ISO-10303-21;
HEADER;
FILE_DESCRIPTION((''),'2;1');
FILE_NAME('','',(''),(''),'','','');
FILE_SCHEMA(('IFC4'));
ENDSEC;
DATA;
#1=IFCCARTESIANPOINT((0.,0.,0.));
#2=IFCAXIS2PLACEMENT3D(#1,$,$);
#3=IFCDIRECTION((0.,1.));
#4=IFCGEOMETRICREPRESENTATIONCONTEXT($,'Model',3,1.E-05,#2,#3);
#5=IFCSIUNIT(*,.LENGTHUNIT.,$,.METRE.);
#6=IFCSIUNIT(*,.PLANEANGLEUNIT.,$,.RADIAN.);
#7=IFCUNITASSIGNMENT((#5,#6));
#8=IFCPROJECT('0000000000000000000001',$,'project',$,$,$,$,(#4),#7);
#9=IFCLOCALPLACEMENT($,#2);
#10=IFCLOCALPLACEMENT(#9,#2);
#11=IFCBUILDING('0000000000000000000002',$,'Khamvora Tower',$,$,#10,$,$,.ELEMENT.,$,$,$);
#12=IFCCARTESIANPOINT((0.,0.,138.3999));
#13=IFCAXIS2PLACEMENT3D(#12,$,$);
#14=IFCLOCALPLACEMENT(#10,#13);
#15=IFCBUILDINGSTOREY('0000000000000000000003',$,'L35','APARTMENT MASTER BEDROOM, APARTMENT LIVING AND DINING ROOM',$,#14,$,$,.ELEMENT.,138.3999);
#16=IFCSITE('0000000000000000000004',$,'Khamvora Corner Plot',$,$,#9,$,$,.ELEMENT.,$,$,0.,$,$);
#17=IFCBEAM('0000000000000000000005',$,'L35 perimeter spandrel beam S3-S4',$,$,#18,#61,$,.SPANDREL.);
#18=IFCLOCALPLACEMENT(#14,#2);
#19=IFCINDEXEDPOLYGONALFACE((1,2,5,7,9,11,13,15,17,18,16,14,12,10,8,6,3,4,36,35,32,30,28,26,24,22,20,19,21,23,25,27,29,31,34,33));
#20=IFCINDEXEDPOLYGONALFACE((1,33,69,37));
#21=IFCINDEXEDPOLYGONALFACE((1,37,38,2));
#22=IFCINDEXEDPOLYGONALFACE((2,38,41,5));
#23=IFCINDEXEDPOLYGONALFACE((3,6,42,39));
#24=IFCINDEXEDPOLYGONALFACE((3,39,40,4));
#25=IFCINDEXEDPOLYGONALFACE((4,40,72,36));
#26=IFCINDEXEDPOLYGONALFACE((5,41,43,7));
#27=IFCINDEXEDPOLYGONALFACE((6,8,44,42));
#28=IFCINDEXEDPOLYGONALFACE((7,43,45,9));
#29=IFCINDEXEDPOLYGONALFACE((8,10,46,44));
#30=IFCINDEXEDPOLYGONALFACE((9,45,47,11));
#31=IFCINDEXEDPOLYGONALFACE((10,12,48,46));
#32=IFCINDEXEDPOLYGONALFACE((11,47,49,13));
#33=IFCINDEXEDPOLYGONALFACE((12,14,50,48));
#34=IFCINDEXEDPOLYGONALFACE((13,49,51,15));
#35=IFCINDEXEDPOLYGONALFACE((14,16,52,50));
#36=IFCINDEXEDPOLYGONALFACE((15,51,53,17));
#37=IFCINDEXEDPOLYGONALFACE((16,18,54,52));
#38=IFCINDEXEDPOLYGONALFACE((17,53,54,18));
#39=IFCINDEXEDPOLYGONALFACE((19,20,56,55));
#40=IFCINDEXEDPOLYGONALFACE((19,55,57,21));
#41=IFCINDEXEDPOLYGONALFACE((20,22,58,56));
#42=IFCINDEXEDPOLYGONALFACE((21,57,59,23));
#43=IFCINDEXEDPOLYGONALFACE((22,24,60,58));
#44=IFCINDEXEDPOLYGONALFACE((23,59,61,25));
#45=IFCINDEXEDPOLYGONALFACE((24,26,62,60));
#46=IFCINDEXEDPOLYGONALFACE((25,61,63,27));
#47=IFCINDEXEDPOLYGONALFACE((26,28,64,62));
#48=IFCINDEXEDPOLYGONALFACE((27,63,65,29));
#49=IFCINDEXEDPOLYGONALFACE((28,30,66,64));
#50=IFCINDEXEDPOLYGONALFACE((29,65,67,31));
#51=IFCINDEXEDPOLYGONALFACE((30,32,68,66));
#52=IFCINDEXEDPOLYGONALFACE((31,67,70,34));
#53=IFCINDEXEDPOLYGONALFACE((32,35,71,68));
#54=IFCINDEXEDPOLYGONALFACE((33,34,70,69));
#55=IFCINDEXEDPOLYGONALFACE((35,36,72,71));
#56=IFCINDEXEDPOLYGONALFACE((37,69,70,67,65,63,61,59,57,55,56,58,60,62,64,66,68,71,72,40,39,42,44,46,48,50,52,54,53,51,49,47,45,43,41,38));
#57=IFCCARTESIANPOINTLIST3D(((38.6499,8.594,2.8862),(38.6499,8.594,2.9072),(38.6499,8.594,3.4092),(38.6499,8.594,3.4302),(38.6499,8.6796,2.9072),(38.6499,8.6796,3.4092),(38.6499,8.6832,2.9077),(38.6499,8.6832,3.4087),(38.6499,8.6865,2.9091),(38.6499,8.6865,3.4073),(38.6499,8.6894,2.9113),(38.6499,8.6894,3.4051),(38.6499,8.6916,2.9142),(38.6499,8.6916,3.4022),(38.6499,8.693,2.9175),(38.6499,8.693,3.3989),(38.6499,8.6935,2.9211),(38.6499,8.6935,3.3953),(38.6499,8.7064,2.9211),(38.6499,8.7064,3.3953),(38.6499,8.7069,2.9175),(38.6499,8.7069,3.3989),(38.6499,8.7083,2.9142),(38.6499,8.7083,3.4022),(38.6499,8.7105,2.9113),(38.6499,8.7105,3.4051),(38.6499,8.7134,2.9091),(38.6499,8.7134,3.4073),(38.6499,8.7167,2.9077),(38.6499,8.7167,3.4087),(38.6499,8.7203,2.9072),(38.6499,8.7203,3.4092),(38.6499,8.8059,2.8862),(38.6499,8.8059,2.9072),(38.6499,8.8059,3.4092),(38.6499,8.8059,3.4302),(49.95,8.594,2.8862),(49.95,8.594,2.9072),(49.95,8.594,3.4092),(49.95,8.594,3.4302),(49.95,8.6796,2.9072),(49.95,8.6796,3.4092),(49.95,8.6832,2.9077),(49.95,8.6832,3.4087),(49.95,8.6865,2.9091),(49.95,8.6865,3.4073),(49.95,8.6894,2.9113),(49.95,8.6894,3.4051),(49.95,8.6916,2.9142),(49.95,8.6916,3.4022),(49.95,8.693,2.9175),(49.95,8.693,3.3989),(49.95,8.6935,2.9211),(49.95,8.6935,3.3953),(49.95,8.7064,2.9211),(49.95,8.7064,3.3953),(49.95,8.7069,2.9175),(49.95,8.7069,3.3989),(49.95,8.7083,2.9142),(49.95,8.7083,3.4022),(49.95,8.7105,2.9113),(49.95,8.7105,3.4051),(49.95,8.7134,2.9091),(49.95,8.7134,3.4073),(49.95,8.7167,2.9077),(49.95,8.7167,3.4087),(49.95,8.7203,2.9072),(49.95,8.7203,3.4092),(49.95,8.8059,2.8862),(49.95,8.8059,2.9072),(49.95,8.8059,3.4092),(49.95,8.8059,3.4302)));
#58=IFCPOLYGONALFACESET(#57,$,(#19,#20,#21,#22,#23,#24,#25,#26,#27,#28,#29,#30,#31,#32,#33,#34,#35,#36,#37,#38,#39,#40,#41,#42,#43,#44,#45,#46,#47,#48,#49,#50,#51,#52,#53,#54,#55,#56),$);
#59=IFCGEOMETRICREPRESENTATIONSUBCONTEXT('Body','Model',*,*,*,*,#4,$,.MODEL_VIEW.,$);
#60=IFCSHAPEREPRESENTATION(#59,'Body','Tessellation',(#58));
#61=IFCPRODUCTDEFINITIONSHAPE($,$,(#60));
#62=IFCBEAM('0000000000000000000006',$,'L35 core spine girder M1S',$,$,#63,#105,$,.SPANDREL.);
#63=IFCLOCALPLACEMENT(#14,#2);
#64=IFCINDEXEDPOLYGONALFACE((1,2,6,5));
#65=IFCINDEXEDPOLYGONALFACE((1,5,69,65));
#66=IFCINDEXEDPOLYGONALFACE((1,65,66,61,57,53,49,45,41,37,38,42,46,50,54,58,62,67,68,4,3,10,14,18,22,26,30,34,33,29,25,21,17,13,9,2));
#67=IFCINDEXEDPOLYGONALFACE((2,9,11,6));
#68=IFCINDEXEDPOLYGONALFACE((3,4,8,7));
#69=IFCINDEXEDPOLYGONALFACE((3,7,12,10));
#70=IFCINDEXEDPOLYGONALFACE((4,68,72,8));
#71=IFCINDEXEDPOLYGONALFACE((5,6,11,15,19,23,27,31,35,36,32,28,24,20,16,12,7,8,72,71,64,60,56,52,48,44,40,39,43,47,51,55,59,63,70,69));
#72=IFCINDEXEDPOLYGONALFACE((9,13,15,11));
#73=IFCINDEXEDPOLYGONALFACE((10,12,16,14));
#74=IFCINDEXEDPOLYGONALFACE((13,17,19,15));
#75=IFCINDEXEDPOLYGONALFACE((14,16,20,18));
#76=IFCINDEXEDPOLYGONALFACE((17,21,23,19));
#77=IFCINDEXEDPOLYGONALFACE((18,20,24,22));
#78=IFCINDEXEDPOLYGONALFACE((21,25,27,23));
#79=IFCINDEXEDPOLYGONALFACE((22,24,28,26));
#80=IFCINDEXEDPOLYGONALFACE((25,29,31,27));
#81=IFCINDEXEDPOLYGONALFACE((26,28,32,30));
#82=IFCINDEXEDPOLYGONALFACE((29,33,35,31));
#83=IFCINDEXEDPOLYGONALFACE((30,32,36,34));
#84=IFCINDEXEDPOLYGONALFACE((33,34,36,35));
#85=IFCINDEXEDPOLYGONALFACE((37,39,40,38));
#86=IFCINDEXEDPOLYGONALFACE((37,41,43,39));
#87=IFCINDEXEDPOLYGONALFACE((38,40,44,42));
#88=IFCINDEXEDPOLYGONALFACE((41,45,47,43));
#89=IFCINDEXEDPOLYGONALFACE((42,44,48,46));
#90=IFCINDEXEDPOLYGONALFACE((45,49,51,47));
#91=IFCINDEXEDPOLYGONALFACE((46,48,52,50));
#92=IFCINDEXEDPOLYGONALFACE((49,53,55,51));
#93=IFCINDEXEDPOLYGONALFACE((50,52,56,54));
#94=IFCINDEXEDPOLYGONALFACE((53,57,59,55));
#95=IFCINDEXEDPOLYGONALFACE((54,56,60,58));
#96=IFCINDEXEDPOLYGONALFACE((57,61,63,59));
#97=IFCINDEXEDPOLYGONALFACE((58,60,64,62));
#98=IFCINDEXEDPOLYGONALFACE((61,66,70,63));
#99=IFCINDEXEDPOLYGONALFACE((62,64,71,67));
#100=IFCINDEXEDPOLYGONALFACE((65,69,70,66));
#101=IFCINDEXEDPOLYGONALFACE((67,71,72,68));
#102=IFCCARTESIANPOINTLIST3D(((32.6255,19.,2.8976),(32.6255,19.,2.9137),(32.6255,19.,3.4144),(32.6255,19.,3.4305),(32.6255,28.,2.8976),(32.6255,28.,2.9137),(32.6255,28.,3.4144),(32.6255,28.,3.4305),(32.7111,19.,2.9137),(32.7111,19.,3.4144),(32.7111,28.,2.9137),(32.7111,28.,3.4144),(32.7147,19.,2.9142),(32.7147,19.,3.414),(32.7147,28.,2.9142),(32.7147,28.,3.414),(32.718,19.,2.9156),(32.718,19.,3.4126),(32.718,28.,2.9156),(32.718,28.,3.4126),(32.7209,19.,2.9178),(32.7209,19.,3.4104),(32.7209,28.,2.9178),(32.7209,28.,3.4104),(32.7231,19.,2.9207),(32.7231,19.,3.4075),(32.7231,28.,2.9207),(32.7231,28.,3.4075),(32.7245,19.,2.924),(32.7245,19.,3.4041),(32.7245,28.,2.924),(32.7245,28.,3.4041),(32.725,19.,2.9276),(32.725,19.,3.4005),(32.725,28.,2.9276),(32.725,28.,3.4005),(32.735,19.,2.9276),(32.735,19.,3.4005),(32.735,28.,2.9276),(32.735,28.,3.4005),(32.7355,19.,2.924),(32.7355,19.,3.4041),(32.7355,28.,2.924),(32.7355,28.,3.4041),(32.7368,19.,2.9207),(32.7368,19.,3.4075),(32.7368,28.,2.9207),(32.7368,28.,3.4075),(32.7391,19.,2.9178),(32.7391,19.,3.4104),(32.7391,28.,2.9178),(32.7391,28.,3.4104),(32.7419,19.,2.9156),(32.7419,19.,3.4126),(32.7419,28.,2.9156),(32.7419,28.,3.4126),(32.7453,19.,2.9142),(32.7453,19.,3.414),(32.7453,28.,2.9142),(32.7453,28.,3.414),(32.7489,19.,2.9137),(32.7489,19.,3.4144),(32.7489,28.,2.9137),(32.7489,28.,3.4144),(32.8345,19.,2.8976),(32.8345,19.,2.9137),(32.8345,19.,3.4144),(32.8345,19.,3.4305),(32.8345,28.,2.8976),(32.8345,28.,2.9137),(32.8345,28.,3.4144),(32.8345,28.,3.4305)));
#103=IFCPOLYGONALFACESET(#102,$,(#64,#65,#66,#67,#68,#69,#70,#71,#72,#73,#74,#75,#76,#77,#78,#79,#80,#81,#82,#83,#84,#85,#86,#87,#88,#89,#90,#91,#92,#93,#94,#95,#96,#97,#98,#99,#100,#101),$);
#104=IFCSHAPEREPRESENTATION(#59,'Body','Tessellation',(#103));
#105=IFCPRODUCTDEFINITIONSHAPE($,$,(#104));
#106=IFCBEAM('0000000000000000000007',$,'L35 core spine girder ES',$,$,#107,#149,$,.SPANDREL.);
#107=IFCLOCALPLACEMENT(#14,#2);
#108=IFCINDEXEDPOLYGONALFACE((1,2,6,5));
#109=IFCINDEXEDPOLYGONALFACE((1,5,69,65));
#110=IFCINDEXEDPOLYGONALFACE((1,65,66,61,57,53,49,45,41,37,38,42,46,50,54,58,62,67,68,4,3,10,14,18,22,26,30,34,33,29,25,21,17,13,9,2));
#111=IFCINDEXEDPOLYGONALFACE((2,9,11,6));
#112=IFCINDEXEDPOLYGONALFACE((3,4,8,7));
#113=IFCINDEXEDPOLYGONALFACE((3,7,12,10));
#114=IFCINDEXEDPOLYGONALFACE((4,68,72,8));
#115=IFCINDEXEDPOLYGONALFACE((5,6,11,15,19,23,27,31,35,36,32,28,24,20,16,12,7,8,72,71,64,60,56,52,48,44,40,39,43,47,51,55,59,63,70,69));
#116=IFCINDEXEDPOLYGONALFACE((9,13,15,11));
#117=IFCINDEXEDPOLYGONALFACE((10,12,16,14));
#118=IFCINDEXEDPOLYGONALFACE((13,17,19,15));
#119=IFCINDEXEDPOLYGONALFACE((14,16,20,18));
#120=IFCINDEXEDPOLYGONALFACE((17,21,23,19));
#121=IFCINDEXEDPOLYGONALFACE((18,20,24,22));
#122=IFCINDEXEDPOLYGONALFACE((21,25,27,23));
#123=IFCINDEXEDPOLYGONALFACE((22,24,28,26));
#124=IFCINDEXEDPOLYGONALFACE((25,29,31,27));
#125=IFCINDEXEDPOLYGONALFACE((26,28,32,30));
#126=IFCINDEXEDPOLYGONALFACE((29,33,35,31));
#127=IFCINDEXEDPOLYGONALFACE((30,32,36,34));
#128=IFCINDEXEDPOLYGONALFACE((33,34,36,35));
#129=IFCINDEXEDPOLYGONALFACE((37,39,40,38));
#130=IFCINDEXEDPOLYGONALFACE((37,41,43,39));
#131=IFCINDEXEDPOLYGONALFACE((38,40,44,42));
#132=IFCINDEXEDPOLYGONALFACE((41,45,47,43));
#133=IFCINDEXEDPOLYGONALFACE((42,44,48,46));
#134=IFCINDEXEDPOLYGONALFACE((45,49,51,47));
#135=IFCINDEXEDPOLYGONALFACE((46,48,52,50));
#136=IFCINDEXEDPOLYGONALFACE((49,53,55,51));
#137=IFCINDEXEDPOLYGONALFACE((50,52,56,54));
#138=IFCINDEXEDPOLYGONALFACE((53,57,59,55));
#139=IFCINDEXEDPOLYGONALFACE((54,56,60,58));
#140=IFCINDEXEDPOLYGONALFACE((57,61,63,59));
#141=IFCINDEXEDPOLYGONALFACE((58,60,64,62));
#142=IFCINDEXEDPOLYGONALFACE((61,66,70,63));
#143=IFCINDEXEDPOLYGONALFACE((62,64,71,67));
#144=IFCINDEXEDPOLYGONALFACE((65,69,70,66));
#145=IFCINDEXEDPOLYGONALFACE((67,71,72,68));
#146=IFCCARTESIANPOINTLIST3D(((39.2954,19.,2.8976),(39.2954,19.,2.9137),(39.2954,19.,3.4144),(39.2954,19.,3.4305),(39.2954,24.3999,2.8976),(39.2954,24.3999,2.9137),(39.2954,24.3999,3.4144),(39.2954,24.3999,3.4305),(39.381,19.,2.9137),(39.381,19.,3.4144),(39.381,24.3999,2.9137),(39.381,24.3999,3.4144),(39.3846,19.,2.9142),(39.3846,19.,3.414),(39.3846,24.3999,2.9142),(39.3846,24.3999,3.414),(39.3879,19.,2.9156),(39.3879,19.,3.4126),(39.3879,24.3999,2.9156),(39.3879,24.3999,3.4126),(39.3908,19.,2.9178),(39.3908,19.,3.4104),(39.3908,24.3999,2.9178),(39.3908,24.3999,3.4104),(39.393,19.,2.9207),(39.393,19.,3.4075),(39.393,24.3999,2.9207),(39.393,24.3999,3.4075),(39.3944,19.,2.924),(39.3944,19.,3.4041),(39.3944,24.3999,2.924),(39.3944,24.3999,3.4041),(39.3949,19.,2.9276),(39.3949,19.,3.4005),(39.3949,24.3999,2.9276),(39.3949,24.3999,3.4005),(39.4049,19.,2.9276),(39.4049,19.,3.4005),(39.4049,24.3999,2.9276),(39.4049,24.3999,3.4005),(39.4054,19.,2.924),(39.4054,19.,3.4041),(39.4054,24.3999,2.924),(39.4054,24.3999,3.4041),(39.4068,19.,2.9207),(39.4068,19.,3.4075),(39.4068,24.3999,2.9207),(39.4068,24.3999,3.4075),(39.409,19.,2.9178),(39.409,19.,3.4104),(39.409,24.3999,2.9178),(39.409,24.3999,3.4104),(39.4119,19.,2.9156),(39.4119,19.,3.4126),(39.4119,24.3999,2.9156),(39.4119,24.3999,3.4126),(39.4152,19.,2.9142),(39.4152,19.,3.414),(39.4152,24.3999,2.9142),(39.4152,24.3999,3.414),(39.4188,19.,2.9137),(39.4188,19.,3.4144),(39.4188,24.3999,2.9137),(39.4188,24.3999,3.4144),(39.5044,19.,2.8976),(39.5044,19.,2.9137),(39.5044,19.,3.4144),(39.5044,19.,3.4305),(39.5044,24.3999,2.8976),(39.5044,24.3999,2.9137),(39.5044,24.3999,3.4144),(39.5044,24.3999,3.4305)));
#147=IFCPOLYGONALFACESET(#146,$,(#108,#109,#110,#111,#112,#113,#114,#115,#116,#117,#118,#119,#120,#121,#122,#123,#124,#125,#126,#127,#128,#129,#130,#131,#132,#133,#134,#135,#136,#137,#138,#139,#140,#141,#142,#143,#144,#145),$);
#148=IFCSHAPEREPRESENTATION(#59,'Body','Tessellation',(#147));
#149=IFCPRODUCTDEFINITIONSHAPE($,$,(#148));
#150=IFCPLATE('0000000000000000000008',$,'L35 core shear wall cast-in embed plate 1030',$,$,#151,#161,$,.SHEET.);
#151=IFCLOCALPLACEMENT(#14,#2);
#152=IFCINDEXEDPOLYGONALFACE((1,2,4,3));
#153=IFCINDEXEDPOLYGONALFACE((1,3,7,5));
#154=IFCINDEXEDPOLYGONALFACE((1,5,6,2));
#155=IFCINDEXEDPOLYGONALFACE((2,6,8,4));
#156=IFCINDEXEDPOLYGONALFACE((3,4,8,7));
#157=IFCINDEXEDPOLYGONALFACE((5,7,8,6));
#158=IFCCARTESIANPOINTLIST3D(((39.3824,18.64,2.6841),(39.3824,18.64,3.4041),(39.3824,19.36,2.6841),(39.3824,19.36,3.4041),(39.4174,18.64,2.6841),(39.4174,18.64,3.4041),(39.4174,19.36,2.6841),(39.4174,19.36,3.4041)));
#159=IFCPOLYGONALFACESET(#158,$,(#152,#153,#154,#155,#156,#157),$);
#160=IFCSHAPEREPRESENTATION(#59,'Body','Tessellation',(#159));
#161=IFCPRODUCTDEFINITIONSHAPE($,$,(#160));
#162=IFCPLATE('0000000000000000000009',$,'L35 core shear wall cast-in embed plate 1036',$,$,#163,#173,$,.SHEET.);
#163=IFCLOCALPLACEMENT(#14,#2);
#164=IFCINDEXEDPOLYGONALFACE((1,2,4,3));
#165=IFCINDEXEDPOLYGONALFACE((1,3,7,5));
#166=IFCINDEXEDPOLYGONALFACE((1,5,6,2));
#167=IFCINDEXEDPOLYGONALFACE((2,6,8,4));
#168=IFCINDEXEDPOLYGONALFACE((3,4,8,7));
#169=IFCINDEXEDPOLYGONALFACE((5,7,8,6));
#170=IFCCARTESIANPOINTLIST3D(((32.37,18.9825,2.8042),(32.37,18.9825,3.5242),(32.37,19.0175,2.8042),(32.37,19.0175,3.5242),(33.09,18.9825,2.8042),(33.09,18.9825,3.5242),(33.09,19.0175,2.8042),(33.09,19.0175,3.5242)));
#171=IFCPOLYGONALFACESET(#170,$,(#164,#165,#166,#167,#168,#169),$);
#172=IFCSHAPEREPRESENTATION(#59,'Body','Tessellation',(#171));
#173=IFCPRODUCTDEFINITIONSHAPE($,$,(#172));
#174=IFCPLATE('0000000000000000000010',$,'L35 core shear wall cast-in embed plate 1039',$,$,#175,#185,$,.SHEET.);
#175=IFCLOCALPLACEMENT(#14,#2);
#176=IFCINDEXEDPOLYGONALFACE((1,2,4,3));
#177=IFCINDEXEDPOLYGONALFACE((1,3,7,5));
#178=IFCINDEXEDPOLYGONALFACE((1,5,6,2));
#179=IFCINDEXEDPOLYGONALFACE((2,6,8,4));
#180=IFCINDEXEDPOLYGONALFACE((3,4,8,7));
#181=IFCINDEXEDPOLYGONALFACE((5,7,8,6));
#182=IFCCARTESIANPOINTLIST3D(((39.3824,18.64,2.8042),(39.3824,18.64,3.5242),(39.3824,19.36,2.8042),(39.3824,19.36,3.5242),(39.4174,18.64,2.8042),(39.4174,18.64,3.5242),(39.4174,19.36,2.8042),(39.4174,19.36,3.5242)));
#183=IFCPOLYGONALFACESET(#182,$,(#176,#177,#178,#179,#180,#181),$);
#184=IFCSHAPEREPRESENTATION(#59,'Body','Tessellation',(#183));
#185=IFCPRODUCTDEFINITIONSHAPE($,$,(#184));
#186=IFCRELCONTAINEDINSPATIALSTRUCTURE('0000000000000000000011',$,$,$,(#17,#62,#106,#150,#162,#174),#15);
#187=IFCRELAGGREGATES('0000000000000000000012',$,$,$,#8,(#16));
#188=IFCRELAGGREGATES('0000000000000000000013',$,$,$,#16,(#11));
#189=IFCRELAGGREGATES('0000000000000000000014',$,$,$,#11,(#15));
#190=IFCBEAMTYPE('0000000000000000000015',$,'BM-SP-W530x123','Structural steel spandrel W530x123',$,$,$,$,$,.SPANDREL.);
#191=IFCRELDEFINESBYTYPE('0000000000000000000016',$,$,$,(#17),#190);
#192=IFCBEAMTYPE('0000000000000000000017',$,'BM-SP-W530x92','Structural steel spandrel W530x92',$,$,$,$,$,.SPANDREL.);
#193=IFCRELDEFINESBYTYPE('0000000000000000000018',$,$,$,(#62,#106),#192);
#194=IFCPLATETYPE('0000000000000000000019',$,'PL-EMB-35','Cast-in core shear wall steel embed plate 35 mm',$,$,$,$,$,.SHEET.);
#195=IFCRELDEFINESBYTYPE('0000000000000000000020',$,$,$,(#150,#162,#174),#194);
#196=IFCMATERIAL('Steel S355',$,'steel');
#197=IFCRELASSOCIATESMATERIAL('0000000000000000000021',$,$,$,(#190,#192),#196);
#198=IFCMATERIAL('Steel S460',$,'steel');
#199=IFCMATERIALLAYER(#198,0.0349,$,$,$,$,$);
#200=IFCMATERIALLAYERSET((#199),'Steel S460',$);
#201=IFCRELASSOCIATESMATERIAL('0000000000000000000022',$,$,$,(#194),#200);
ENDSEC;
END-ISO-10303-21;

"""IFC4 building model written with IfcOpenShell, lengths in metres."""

from ifc_helpers import new_model, si_unit, direction, frame, origin, origin_2d, place, context, subcontext, project, spatial, rectangle, i_section, extrude, material, layer, layer_set, material_profile, profile_set, type_object, element, save


model = new_model("IFC4")

# Units and contexts
model_context = context("Model", 3, precision=1e-05, world=origin(), true_north=direction((0.0, 1.0)))
body_context = subcontext(model_context, "Body", "Model", "MODEL_VIEW")
ifc_project = project(units=[si_unit("LENGTHUNIT", "METRE"), si_unit("PLANEANGLEUNIT", "RADIAN")], contexts=[model_context])

# Site, building, storey
site_placement = place(None, origin())
site = spatial("IfcSite", under=ifc_project, at=site_placement, Name="Khamvora Corner Plot", CompositionType="ELEMENT", RefElevation=0.0)
building_placement = place(site_placement, origin())
building = spatial("IfcBuilding", under=site, at=building_placement, Name="Khamvora Tower", CompositionType="ELEMENT")
storey_placement = place(building_placement, frame((0.0, 0.0, 138.3999)))
storey = spatial("IfcBuildingStorey", under=building, at=storey_placement, Name="L35", Description="APARTMENT MASTER BEDROOM, APARTMENT LIVING AND DINING ROOM", CompositionType="ELEMENT", Elevation=138.3999)

# Shared definitions
ifc_material_1 = material(Name="Steel S460", Category="steel")
ifc_material_2 = material(Name="Steel S355", Category="steel")

# Beams
ifc_material_profile_1 = material_profile(ifc_material_2, i_section(OverallWidth=0.2119, OverallDepth=0.5439, WebThickness=0.0129, FlangeThickness=0.021, FilletRadius=0.0139, at=origin_2d()), Name="W530x123")
ifc_profile_set_1 = profile_set([ifc_material_profile_1], Name="Steel S355")
beam_type_1 = type_object("IfcBeamType", Name="BM-SP-W530x123", Description="Structural steel spandrel W530x123", PredefinedType="SPANDREL", material=ifc_profile_set_1)
beam_1_placement = place(storey_placement, frame((38.6499, 8.7, 3.1582), z_axis=(1.0, 0.0, 0.0), x_axis=(0.0, 1.0, 0.0)))
element("IfcBeam", 1, at=beam_1_placement, inside=storey, type_object=beam_type_1, Name="L35 perimeter spandrel beam S3-S4", PredefinedType="SPANDREL", context=body_context, shape_type="SweptSolid", body=[
    extrude(i_section(OverallWidth=0.2119, OverallDepth=0.5439, WebThickness=0.0129, FlangeThickness=0.021, FilletRadius=0.0139, at=origin_2d()), origin(), (0.0, 0.0, 1.0), 11.3),
])
ifc_material_profile_2 = material_profile(ifc_material_2, i_section(OverallWidth=0.209, OverallDepth=0.533, WebThickness=0.01, FlangeThickness=0.0161, FilletRadius=0.0139, at=origin_2d()), Name="W530x92")
ifc_profile_set_2 = profile_set([ifc_material_profile_2], Name="Steel S355")
beam_type_2 = type_object("IfcBeamType", Name="BM-SP-W530x92", Description="Structural steel spandrel W530x92", PredefinedType="SPANDREL", material=ifc_profile_set_2)
beam_2_placement = place(storey_placement, frame((32.73, 19.0, 3.1641), z_axis=(0.0, 1.0, 0.0), x_axis=(-1.0, 0.0, 0.0)))
element("IfcBeam", 2, at=beam_2_placement, inside=storey, type_object=beam_type_2, Name="L35 core spine girder M1S", PredefinedType="SPANDREL", context=body_context, shape_type="SweptSolid", body=[
    extrude(i_section(OverallWidth=0.209, OverallDepth=0.533, WebThickness=0.01, FlangeThickness=0.0161, FilletRadius=0.0139, at=origin_2d()), origin(), (0.0, 0.0, 1.0), 9.0),
])
beam_3_placement = place(storey_placement, frame((39.3999, 19.0, 3.1641), z_axis=(0.0, 1.0, 0.0), x_axis=(-1.0, 0.0, 0.0)))
element("IfcBeam", 3, at=beam_3_placement, inside=storey, type_object=beam_type_2, Name="L35 core spine girder ES", PredefinedType="SPANDREL", context=body_context, shape_type="SweptSolid", body=[
    extrude(i_section(OverallWidth=0.209, OverallDepth=0.533, WebThickness=0.01, FlangeThickness=0.0161, FilletRadius=0.0139, at=origin_2d()), origin(), (0.0, 0.0, 1.0), 5.3999),
])

# Plates
ifc_layer_1 = layer(ifc_material_1, 0.0349)
ifc_layer_set_1 = layer_set([ifc_layer_1], Name="Steel S460")
plate_type = type_object("IfcPlateType", Name="PL-EMB-35", Description="Cast-in core shear wall steel embed plate 35 mm", PredefinedType="SHEET", material=ifc_layer_set_1)
plate_1_placement = place(storey_placement, frame((39.3999, 19.0, 2.6841), z_axis=(0.0, 0.0, 1.0), x_axis=(1.0, 0.0, 0.0)))
element("IfcPlate", 4, at=plate_1_placement, inside=storey, type_object=plate_type, Name="L35 core shear wall cast-in embed plate 1030", PredefinedType="SHEET", context=body_context, shape_type="SweptSolid", body=[
    extrude(rectangle(XDim=0.0349, YDim=0.72, at=origin_2d()), origin(), (0.0, 0.0, 1.0), 0.72),
])
plate_2_placement = place(storey_placement, frame((32.73, 19.0, 2.8042), z_axis=(0.0, 0.0, 1.0), x_axis=(1.0, 0.0, 0.0)))
element("IfcPlate", 5, at=plate_2_placement, inside=storey, type_object=plate_type, Name="L35 core shear wall cast-in embed plate 1036", PredefinedType="SHEET", context=body_context, shape_type="SweptSolid", body=[
    extrude(rectangle(XDim=0.72, YDim=0.0349, at=origin_2d()), origin(), (0.0, 0.0, 1.0), 0.72),
])
plate_3_placement = place(storey_placement, frame((39.3999, 19.0, 2.8042), z_axis=(0.0, 0.0, 1.0), x_axis=(1.0, 0.0, 0.0)))
element("IfcPlate", 6, at=plate_3_placement, inside=storey, type_object=plate_type, Name="L35 core shear wall cast-in embed plate 1039", PredefinedType="SHEET", context=body_context, shape_type="SweptSolid", body=[
    extrude(rectangle(XDim=0.0349, YDim=0.72, at=origin_2d()), origin(), (0.0, 0.0, 1.0), 0.72),
])

save(model, "model.ifc")
